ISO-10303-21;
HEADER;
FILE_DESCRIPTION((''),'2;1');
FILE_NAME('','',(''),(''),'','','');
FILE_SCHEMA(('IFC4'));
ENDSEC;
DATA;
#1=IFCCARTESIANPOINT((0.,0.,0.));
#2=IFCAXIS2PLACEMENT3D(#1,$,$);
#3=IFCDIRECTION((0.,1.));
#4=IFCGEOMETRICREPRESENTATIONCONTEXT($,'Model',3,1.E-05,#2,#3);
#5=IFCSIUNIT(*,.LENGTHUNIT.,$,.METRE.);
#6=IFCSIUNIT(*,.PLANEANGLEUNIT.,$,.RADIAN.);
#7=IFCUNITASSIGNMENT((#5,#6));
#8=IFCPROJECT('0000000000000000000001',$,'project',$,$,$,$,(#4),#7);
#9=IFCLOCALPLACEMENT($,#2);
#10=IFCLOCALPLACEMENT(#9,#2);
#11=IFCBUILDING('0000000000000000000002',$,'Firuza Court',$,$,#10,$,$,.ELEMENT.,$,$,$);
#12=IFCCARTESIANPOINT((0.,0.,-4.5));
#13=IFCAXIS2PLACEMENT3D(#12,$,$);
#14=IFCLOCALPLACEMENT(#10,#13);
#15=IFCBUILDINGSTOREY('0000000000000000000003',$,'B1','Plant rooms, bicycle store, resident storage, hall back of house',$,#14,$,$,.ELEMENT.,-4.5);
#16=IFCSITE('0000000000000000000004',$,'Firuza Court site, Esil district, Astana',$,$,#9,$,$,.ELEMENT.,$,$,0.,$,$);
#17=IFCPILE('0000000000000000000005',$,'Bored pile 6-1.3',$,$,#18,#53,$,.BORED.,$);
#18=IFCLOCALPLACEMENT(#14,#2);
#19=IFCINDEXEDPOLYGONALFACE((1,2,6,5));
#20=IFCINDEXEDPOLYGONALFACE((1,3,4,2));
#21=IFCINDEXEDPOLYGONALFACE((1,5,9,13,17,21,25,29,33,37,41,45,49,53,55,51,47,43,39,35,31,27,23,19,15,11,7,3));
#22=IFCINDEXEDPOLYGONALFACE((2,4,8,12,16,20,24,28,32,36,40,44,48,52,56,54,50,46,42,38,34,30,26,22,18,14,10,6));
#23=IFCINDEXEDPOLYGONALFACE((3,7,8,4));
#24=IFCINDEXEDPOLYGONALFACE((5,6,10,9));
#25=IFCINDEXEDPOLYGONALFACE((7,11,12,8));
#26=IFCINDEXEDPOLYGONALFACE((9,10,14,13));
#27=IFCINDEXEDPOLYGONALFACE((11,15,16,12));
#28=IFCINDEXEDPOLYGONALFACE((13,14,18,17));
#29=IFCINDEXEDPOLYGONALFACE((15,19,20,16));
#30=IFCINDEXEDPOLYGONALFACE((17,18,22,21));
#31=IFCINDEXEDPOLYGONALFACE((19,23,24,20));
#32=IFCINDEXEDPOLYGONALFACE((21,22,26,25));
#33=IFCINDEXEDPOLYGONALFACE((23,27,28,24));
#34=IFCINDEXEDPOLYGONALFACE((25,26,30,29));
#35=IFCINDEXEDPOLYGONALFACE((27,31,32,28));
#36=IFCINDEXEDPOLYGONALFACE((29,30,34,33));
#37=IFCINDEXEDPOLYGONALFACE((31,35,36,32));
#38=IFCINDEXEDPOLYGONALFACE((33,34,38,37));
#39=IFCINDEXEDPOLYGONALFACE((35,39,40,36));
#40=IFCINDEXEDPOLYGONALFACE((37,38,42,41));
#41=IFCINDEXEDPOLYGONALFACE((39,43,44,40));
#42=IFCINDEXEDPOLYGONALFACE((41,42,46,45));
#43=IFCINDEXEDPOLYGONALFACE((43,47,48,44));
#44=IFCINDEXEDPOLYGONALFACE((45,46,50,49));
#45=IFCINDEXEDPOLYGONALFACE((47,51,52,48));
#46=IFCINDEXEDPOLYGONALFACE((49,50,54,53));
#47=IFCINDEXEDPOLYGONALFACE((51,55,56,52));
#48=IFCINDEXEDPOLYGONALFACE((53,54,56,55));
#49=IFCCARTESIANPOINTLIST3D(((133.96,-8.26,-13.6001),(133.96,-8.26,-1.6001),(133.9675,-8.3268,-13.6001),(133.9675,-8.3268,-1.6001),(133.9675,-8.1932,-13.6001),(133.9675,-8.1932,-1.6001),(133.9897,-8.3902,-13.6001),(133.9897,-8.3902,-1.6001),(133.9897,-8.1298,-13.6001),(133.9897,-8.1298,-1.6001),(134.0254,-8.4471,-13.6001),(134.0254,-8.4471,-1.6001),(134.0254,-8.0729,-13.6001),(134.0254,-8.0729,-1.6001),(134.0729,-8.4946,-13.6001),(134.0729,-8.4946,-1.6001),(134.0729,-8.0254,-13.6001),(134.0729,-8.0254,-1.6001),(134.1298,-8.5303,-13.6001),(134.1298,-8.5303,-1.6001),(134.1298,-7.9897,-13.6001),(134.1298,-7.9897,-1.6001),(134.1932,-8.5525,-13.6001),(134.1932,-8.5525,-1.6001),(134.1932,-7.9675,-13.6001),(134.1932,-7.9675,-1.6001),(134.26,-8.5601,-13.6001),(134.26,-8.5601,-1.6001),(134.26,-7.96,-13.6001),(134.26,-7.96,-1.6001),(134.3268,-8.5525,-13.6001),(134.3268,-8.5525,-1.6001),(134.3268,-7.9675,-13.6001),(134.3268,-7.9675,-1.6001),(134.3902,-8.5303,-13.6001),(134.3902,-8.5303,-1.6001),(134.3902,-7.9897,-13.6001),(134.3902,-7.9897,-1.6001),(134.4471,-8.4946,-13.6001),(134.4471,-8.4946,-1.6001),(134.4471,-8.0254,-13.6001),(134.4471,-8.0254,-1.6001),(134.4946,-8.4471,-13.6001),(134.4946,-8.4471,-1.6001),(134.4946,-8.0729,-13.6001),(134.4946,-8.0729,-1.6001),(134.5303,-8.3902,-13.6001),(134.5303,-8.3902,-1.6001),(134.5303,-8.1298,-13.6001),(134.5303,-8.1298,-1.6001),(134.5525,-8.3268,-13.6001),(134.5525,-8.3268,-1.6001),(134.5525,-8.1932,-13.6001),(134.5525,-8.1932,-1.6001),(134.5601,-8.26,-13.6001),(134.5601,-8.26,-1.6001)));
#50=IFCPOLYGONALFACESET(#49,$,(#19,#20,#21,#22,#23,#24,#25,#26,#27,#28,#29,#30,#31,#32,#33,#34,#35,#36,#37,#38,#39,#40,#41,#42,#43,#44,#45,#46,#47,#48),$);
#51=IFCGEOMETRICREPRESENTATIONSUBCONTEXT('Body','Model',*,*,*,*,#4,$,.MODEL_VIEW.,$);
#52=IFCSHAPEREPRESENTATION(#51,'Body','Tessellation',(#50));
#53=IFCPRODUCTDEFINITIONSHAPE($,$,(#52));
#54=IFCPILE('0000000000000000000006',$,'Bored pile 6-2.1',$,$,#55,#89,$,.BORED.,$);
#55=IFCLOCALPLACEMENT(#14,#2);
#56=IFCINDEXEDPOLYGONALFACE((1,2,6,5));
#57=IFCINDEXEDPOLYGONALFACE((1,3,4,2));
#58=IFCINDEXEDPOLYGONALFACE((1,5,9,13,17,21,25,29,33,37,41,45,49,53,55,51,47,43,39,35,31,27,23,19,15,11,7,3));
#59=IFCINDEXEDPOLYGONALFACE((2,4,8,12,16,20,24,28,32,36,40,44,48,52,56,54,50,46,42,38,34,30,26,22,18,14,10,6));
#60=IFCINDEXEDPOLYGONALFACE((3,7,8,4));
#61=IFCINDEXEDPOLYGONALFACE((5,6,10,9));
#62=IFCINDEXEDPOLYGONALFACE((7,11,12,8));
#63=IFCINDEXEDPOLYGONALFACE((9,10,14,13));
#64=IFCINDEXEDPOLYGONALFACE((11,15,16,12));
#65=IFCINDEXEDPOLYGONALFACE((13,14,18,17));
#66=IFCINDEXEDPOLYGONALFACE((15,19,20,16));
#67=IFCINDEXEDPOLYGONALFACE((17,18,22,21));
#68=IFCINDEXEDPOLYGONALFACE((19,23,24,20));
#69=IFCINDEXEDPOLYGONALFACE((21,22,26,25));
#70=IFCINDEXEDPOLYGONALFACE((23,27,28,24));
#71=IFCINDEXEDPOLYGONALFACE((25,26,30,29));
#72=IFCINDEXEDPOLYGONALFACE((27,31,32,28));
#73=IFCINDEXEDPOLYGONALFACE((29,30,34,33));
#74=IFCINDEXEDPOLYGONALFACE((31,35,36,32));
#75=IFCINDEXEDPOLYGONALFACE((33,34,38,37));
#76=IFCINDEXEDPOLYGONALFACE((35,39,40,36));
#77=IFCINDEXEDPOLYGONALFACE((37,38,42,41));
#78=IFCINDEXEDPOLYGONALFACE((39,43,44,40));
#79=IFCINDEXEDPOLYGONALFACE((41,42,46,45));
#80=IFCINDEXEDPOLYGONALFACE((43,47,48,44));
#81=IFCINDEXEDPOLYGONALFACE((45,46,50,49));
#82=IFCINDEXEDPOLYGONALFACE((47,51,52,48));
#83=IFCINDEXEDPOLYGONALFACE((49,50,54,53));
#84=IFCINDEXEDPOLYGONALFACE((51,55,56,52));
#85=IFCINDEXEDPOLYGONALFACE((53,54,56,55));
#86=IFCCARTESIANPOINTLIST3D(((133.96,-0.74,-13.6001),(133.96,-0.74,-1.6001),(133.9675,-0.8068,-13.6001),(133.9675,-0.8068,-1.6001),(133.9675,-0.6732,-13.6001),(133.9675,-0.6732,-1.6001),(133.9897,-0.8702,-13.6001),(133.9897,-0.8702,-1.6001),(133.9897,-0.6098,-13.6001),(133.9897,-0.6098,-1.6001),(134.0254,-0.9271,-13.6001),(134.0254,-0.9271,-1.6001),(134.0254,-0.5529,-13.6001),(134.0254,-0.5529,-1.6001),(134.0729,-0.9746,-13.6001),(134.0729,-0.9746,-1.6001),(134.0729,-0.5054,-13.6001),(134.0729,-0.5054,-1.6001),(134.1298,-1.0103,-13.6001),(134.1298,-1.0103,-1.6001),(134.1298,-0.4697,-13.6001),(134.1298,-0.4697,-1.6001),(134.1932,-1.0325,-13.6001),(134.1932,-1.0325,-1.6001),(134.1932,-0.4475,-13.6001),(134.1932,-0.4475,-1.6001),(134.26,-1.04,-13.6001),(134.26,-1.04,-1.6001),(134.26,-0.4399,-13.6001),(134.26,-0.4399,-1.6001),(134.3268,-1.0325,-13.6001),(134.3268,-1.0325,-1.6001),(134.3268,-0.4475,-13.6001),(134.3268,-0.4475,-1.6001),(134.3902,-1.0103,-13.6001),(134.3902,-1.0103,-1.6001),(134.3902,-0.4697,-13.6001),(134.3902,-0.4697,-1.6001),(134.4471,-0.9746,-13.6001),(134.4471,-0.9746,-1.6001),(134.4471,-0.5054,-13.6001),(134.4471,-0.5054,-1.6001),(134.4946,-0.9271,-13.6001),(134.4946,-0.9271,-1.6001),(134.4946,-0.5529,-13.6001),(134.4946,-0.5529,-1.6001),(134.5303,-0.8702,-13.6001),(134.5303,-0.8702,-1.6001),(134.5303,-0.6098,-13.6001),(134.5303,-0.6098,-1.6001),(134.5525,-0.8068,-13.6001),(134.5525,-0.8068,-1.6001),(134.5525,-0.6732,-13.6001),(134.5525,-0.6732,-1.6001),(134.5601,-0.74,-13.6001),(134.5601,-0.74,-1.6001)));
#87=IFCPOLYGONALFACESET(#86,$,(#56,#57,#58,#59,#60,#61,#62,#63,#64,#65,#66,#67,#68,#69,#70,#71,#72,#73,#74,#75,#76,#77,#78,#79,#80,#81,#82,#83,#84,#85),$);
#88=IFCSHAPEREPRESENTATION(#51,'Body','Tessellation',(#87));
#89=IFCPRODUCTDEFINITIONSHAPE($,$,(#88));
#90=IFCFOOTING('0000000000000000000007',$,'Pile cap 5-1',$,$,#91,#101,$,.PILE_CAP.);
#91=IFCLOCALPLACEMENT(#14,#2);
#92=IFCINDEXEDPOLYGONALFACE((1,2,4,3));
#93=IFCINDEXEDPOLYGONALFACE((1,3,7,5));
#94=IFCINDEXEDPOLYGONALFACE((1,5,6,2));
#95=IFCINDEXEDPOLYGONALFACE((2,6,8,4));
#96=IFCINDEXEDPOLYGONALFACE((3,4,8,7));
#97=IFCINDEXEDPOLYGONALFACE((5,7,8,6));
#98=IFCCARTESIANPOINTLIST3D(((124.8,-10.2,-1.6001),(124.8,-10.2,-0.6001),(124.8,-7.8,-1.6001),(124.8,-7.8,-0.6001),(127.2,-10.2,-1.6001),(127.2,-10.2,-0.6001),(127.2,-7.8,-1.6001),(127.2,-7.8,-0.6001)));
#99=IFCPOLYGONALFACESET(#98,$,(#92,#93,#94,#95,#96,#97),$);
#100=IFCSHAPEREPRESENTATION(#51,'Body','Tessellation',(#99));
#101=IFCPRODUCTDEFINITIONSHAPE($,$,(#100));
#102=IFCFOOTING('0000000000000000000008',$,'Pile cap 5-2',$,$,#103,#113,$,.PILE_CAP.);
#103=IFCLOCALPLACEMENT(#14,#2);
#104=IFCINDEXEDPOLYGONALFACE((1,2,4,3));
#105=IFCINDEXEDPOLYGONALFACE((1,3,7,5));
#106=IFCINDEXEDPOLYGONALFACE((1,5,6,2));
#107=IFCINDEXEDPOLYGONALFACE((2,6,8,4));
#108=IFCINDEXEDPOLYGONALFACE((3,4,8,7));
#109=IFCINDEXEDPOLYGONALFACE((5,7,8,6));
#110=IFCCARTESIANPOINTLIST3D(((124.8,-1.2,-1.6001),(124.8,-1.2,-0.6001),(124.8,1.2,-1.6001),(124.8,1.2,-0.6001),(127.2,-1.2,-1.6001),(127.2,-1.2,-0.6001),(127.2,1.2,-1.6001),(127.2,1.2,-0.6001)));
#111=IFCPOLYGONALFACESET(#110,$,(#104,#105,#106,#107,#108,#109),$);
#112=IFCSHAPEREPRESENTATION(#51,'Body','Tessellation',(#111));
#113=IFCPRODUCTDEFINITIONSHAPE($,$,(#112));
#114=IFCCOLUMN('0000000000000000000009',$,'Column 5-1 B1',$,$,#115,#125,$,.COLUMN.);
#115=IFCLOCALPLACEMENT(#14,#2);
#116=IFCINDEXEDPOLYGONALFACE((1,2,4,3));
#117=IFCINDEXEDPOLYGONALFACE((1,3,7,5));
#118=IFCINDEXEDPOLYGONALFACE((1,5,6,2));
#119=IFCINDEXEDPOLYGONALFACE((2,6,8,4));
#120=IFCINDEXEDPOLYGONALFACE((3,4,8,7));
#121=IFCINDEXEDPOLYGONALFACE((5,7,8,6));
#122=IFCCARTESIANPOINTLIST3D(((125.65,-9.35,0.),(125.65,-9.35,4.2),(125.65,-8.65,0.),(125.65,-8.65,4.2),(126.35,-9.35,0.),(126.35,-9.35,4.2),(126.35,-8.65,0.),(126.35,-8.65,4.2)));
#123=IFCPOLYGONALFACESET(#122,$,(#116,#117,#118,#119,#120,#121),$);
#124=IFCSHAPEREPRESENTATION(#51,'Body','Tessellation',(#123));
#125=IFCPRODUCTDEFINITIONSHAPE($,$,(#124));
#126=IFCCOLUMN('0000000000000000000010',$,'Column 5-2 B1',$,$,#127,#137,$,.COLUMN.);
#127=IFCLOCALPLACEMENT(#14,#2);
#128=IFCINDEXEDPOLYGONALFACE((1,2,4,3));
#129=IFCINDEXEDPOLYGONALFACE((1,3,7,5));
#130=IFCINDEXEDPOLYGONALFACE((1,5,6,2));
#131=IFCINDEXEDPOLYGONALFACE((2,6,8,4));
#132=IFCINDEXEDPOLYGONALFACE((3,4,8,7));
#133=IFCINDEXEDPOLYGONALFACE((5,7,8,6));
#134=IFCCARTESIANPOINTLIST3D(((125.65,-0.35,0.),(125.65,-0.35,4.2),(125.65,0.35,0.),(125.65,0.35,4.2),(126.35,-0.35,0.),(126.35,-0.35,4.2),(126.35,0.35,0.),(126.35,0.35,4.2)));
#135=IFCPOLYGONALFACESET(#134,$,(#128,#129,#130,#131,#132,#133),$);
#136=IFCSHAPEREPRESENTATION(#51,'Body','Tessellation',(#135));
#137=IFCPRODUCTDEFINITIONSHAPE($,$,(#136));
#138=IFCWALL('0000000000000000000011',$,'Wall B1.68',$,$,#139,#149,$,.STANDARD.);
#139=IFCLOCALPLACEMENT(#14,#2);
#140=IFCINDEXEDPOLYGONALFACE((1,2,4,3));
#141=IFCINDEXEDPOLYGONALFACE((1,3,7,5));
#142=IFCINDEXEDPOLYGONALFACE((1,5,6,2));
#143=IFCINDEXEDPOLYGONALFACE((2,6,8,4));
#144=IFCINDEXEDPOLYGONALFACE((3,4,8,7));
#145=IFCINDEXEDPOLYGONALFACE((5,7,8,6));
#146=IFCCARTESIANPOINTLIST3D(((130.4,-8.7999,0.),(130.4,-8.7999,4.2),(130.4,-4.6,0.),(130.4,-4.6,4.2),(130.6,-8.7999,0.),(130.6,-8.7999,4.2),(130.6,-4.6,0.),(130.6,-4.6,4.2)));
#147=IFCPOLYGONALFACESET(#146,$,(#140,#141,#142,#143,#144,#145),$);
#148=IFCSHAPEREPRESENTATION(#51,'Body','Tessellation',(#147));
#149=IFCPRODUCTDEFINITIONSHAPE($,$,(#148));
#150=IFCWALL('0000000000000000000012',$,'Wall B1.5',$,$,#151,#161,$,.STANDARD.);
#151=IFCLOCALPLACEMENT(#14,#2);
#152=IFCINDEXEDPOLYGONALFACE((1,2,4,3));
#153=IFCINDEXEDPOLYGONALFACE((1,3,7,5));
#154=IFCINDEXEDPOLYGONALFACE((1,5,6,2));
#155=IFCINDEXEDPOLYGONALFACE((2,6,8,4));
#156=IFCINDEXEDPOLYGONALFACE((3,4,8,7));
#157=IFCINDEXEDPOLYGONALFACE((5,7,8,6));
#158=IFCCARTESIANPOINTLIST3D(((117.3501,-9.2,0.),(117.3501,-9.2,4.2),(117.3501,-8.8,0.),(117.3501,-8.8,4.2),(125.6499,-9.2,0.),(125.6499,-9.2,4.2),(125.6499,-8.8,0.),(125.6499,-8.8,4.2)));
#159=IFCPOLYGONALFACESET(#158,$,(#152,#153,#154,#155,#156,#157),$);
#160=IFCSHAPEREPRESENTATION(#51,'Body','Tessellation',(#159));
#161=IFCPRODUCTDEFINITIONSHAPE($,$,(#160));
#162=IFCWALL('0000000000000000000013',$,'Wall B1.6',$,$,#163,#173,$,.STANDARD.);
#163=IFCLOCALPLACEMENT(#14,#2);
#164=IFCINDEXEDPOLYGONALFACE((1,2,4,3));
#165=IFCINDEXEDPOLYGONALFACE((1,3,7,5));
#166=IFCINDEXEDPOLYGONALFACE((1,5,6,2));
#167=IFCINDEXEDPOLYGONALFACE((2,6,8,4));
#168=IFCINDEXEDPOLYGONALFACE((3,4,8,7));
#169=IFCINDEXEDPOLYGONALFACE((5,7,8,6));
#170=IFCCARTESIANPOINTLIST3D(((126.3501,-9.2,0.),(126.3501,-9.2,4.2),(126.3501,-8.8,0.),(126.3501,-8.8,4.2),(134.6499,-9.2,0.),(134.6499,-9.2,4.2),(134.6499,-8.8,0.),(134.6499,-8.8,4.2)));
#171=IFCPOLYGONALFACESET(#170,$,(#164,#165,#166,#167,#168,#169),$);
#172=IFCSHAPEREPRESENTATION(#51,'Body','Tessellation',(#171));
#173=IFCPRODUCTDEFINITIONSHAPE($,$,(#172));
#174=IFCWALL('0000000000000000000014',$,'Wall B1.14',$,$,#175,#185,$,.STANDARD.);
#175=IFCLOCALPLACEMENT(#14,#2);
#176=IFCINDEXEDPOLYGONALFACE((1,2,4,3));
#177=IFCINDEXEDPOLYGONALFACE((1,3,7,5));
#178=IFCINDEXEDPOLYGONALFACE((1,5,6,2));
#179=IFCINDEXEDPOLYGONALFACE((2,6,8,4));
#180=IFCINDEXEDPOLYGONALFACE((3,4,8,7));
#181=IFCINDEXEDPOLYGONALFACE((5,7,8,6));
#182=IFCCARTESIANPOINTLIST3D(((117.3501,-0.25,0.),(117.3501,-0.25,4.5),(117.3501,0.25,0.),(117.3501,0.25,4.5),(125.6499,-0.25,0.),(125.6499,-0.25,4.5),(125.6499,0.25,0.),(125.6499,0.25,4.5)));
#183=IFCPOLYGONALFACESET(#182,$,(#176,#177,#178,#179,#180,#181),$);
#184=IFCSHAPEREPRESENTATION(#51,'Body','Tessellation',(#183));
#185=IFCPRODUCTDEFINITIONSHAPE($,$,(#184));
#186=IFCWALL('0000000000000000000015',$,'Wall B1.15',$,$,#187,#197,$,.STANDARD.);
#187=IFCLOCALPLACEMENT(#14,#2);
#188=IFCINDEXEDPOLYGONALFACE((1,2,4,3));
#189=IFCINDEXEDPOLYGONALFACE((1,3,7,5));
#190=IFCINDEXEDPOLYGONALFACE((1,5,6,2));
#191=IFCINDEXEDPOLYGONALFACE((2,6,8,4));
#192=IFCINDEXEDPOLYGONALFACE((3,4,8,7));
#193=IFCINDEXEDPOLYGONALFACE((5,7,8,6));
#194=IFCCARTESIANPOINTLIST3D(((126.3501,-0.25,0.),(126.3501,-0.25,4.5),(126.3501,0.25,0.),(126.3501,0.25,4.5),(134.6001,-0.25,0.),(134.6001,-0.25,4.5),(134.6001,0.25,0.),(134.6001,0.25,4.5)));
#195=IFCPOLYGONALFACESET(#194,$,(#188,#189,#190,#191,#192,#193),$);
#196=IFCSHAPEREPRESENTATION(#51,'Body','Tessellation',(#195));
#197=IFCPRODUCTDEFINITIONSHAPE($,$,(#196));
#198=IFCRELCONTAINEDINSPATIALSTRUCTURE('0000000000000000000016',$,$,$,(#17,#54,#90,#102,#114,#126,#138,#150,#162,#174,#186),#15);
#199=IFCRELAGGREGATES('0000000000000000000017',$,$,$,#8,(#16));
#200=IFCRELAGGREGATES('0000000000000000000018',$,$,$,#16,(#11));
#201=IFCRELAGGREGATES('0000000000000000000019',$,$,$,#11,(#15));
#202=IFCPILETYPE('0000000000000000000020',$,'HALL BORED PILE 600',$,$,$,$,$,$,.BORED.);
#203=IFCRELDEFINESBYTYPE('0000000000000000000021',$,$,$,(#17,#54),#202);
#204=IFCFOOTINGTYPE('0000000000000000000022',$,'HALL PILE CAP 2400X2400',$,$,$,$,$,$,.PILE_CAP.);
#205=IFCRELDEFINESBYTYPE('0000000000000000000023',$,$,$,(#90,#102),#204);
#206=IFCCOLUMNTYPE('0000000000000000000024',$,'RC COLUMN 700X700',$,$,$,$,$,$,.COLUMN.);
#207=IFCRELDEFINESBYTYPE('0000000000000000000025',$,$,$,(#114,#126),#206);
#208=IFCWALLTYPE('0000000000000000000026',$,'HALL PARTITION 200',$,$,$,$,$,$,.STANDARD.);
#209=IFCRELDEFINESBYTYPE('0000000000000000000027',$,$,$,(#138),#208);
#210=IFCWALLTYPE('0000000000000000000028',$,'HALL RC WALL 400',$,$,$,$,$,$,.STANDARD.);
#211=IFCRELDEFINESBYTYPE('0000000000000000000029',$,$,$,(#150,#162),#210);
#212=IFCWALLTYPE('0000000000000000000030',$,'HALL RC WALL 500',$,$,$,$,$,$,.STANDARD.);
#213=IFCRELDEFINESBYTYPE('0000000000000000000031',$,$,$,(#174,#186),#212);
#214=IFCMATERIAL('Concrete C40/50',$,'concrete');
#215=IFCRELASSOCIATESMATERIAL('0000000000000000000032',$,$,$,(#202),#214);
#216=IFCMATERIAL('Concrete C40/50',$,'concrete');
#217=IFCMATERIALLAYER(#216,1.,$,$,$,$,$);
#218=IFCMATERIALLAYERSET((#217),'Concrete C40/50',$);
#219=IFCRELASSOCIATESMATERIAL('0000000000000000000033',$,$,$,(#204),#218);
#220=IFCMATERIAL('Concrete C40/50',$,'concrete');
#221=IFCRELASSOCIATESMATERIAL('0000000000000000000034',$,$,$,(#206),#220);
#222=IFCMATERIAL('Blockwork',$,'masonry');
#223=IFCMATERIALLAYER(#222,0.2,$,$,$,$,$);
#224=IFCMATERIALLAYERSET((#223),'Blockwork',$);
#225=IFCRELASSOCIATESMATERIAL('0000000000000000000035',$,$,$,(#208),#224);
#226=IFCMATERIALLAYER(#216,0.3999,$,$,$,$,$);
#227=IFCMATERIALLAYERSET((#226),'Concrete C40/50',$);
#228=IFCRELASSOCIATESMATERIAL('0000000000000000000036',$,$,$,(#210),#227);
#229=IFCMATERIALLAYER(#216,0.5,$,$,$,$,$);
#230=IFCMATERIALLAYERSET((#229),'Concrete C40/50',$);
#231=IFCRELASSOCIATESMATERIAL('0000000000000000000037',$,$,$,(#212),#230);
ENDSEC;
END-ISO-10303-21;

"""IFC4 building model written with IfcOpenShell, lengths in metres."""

from ifc_helpers import new_model, si_unit, direction, frame, frame_2d, origin, origin_2d, place, context, subcontext, project, spatial, rectangle, circle, extrude, material, layer, layer_set, material_profile, profile_set, type_object, element, save


model = new_model("IFC4")

# Units and contexts
model_context = context("Model", 3, precision=1e-05, world=origin(), true_north=direction((0.0, 1.0)))
body_context = subcontext(model_context, "Body", "Model", "MODEL_VIEW")
ifc_project = project(units=[si_unit("LENGTHUNIT", "METRE"), si_unit("PLANEANGLEUNIT", "RADIAN")], contexts=[model_context])

# Site, building, storey
site_placement = place(None, origin())
site = spatial("IfcSite", under=ifc_project, at=site_placement, Name="Firuza Court site, Esil district, Astana", CompositionType="ELEMENT", RefElevation=0.0)
building_placement = place(site_placement, origin())
building = spatial("IfcBuilding", under=site, at=building_placement, Name="Firuza Court", CompositionType="ELEMENT")
storey_placement = place(building_placement, frame((0.0, 0.0, -4.5)))
storey = spatial("IfcBuildingStorey", under=building, at=storey_placement, Name="B1", Description="Plant rooms, bicycle store, resident storage, hall back of house", CompositionType="ELEMENT", Elevation=-4.5)

# Piles
ifc_material_1 = material(Name="Concrete C40/50", Category="concrete")
ifc_material_profile_1 = material_profile(ifc_material_1, circle(Radius=0.3, at=origin_2d()), Name="PILE 600")
ifc_profile_set_1 = profile_set([ifc_material_profile_1], Name="Concrete C40/50")
pile_type = type_object("IfcPileType", Name="HALL BORED PILE 600", PredefinedType="BORED", material=ifc_profile_set_1)
for number, where, z_axis, x_axis, name in (
    (1, (134.26, -8.26, -1.6001), (0.0, 0.0, -1.0), (1.0, 0.0, 0.0), "Bored pile 6-1.3"),
    (2, (134.26, -0.74, -1.6001), (0.0, 0.0, -1.0), (1.0, 0.0, 0.0), "Bored pile 6-2.1"),
):
    element("IfcPile", number, at=place(storey_placement, frame(where, z_axis=z_axis, x_axis=x_axis)), inside=storey, type_object=pile_type, Name=name, PredefinedType="BORED", context=body_context, shape_type="SweptSolid", body=[
        extrude(circle(Radius=0.3, at=origin_2d()), origin(), (0.0, 0.0, 1.0), 12.0),
    ])

# Footings
ifc_material_2 = material(Name="Concrete C40/50", Category="concrete")
ifc_layer_1 = layer(ifc_material_2, 1.0)
ifc_layer_set_1 = layer_set([ifc_layer_1], Name="Concrete C40/50")
footing_type = type_object("IfcFootingType", Name="HALL PILE CAP 2400X2400", PredefinedType="PILE_CAP", material=ifc_layer_set_1)
for number, where, z_axis, x_axis, name in (
    (3, (126.0, -9.0, -1.6001), (0.0, 0.0, 1.0), (1.0, 0.0, 0.0), "Pile cap 5-1"),
    (4, (126.0, 0.0, -1.6001), (0.0, 0.0, 1.0), (1.0, 0.0, 0.0), "Pile cap 5-2"),
):
    element("IfcFooting", number, at=place(storey_placement, frame(where, z_axis=z_axis, x_axis=x_axis)), inside=storey, type_object=footing_type, Name=name, PredefinedType="PILE_CAP", context=body_context, shape_type="SweptSolid", body=[
        extrude(rectangle(XDim=2.3999, YDim=2.3999, at=origin_2d()), origin(), (0.0, 0.0, 1.0), 1.0),
    ])

# Columns
ifc_material_3 = material(Name="Concrete C40/50", Category="concrete")
ifc_material_profile_2 = material_profile(ifc_material_3, rectangle(XDim=0.7, YDim=0.7, at=origin_2d()), Name="RC 700X700")
ifc_profile_set_2 = profile_set([ifc_material_profile_2], Name="Concrete C40/50")
column_type = type_object("IfcColumnType", Name="RC COLUMN 700X700", PredefinedType="COLUMN", material=ifc_profile_set_2)
for number, where, z_axis, x_axis, name in (
    (5, (126.0, -9.0, 0.0), (0.0, 0.0, 1.0), (1.0, 0.0, 0.0), "Column 5-1 B1"),
    (6, (126.0, 0.0, 0.0), (0.0, 0.0, 1.0), (1.0, 0.0, 0.0), "Column 5-2 B1"),
):
    element("IfcColumn", number, at=place(storey_placement, frame(where, z_axis=z_axis, x_axis=x_axis)), inside=storey, type_object=column_type, Name=name, PredefinedType="COLUMN", context=body_context, shape_type="SweptSolid", body=[
        extrude(rectangle(XDim=0.7, YDim=0.7, at=origin_2d()), origin(), (0.0, 0.0, 1.0), 4.2),
    ])

# Walls
ifc_material_4 = material(Name="Blockwork", Category="masonry")
ifc_layer_2 = layer(ifc_material_4, 0.2)
ifc_layer_set_2 = layer_set([ifc_layer_2], Name="Blockwork")
wall_type_1 = type_object("IfcWallType", Name="HALL PARTITION 200", PredefinedType="STANDARD", material=ifc_layer_set_2)
wall_1_placement = place(storey_placement, frame((130.5, -8.8, 0.0), z_axis=(0.0, 0.0, 1.0), x_axis=(0.0, 1.0, 0.0)))
element("IfcWall", 7, at=wall_1_placement, inside=storey, type_object=wall_type_1, Name="Wall B1.68", PredefinedType="STANDARD", context=body_context, shape_type="SweptSolid", body=[
    extrude(rectangle(XDim=4.2, YDim=0.2, at=frame_2d((2.1001, 0.0))), origin(), (0.0, 0.0, 1.0), 4.2),
])
ifc_layer_3 = layer(ifc_material_2, 0.3999)
ifc_layer_set_3 = layer_set([ifc_layer_3], Name="Concrete C40/50")
wall_type_2 = type_object("IfcWallType", Name="HALL RC WALL 400", PredefinedType="STANDARD", material=ifc_layer_set_3)
for number, where, z_axis, x_axis, name in (
    (8, (117.3501, -9.0, 0.0), (0.0, 0.0, 1.0), (1.0, 0.0, 0.0), "Wall B1.5"),
    (9, (126.3501, -9.0, 0.0), (0.0, 0.0, 1.0), (1.0, 0.0, 0.0), "Wall B1.6"),
):
    element("IfcWall", number, at=place(storey_placement, frame(where, z_axis=z_axis, x_axis=x_axis)), inside=storey, type_object=wall_type_2, Name=name, PredefinedType="STANDARD", context=body_context, shape_type="SweptSolid", body=[
        extrude(rectangle(XDim=8.2998, YDim=0.3999, at=frame_2d((4.1499, 0.0))), origin(), (0.0, 0.0, 1.0), 4.2),
    ])
ifc_layer_4 = layer(ifc_material_2, 0.5)
ifc_layer_set_4 = layer_set([ifc_layer_4], Name="Concrete C40/50")
wall_type_3 = type_object("IfcWallType", Name="HALL RC WALL 500", PredefinedType="STANDARD", material=ifc_layer_set_4)
wall_2_placement = place(storey_placement, frame((117.3501, 0.0, 0.0), z_axis=(0.0, 0.0, 1.0), x_axis=(1.0, 0.0, 0.0)))
element("IfcWall", 10, at=wall_2_placement, inside=storey, type_object=wall_type_3, Name="Wall B1.14", PredefinedType="STANDARD", context=body_context, shape_type="SweptSolid", body=[
    extrude(rectangle(XDim=8.2998, YDim=0.5, at=frame_2d((4.1499, 0.0))), origin(), (0.0, 0.0, 1.0), 4.5),
])
wall_3_placement = place(storey_placement, frame((126.3501, 0.0, 0.0), z_axis=(0.0, 0.0, 1.0), x_axis=(1.0, 0.0, 0.0)))
element("IfcWall", 11, at=wall_3_placement, inside=storey, type_object=wall_type_3, Name="Wall B1.15", PredefinedType="STANDARD", context=body_context, shape_type="SweptSolid", body=[
    extrude(rectangle(XDim=8.25, YDim=0.5, at=frame_2d((4.125, 0.0))), origin(), (0.0, 0.0, 1.0), 4.5),
])

save(model, "model.ifc")
